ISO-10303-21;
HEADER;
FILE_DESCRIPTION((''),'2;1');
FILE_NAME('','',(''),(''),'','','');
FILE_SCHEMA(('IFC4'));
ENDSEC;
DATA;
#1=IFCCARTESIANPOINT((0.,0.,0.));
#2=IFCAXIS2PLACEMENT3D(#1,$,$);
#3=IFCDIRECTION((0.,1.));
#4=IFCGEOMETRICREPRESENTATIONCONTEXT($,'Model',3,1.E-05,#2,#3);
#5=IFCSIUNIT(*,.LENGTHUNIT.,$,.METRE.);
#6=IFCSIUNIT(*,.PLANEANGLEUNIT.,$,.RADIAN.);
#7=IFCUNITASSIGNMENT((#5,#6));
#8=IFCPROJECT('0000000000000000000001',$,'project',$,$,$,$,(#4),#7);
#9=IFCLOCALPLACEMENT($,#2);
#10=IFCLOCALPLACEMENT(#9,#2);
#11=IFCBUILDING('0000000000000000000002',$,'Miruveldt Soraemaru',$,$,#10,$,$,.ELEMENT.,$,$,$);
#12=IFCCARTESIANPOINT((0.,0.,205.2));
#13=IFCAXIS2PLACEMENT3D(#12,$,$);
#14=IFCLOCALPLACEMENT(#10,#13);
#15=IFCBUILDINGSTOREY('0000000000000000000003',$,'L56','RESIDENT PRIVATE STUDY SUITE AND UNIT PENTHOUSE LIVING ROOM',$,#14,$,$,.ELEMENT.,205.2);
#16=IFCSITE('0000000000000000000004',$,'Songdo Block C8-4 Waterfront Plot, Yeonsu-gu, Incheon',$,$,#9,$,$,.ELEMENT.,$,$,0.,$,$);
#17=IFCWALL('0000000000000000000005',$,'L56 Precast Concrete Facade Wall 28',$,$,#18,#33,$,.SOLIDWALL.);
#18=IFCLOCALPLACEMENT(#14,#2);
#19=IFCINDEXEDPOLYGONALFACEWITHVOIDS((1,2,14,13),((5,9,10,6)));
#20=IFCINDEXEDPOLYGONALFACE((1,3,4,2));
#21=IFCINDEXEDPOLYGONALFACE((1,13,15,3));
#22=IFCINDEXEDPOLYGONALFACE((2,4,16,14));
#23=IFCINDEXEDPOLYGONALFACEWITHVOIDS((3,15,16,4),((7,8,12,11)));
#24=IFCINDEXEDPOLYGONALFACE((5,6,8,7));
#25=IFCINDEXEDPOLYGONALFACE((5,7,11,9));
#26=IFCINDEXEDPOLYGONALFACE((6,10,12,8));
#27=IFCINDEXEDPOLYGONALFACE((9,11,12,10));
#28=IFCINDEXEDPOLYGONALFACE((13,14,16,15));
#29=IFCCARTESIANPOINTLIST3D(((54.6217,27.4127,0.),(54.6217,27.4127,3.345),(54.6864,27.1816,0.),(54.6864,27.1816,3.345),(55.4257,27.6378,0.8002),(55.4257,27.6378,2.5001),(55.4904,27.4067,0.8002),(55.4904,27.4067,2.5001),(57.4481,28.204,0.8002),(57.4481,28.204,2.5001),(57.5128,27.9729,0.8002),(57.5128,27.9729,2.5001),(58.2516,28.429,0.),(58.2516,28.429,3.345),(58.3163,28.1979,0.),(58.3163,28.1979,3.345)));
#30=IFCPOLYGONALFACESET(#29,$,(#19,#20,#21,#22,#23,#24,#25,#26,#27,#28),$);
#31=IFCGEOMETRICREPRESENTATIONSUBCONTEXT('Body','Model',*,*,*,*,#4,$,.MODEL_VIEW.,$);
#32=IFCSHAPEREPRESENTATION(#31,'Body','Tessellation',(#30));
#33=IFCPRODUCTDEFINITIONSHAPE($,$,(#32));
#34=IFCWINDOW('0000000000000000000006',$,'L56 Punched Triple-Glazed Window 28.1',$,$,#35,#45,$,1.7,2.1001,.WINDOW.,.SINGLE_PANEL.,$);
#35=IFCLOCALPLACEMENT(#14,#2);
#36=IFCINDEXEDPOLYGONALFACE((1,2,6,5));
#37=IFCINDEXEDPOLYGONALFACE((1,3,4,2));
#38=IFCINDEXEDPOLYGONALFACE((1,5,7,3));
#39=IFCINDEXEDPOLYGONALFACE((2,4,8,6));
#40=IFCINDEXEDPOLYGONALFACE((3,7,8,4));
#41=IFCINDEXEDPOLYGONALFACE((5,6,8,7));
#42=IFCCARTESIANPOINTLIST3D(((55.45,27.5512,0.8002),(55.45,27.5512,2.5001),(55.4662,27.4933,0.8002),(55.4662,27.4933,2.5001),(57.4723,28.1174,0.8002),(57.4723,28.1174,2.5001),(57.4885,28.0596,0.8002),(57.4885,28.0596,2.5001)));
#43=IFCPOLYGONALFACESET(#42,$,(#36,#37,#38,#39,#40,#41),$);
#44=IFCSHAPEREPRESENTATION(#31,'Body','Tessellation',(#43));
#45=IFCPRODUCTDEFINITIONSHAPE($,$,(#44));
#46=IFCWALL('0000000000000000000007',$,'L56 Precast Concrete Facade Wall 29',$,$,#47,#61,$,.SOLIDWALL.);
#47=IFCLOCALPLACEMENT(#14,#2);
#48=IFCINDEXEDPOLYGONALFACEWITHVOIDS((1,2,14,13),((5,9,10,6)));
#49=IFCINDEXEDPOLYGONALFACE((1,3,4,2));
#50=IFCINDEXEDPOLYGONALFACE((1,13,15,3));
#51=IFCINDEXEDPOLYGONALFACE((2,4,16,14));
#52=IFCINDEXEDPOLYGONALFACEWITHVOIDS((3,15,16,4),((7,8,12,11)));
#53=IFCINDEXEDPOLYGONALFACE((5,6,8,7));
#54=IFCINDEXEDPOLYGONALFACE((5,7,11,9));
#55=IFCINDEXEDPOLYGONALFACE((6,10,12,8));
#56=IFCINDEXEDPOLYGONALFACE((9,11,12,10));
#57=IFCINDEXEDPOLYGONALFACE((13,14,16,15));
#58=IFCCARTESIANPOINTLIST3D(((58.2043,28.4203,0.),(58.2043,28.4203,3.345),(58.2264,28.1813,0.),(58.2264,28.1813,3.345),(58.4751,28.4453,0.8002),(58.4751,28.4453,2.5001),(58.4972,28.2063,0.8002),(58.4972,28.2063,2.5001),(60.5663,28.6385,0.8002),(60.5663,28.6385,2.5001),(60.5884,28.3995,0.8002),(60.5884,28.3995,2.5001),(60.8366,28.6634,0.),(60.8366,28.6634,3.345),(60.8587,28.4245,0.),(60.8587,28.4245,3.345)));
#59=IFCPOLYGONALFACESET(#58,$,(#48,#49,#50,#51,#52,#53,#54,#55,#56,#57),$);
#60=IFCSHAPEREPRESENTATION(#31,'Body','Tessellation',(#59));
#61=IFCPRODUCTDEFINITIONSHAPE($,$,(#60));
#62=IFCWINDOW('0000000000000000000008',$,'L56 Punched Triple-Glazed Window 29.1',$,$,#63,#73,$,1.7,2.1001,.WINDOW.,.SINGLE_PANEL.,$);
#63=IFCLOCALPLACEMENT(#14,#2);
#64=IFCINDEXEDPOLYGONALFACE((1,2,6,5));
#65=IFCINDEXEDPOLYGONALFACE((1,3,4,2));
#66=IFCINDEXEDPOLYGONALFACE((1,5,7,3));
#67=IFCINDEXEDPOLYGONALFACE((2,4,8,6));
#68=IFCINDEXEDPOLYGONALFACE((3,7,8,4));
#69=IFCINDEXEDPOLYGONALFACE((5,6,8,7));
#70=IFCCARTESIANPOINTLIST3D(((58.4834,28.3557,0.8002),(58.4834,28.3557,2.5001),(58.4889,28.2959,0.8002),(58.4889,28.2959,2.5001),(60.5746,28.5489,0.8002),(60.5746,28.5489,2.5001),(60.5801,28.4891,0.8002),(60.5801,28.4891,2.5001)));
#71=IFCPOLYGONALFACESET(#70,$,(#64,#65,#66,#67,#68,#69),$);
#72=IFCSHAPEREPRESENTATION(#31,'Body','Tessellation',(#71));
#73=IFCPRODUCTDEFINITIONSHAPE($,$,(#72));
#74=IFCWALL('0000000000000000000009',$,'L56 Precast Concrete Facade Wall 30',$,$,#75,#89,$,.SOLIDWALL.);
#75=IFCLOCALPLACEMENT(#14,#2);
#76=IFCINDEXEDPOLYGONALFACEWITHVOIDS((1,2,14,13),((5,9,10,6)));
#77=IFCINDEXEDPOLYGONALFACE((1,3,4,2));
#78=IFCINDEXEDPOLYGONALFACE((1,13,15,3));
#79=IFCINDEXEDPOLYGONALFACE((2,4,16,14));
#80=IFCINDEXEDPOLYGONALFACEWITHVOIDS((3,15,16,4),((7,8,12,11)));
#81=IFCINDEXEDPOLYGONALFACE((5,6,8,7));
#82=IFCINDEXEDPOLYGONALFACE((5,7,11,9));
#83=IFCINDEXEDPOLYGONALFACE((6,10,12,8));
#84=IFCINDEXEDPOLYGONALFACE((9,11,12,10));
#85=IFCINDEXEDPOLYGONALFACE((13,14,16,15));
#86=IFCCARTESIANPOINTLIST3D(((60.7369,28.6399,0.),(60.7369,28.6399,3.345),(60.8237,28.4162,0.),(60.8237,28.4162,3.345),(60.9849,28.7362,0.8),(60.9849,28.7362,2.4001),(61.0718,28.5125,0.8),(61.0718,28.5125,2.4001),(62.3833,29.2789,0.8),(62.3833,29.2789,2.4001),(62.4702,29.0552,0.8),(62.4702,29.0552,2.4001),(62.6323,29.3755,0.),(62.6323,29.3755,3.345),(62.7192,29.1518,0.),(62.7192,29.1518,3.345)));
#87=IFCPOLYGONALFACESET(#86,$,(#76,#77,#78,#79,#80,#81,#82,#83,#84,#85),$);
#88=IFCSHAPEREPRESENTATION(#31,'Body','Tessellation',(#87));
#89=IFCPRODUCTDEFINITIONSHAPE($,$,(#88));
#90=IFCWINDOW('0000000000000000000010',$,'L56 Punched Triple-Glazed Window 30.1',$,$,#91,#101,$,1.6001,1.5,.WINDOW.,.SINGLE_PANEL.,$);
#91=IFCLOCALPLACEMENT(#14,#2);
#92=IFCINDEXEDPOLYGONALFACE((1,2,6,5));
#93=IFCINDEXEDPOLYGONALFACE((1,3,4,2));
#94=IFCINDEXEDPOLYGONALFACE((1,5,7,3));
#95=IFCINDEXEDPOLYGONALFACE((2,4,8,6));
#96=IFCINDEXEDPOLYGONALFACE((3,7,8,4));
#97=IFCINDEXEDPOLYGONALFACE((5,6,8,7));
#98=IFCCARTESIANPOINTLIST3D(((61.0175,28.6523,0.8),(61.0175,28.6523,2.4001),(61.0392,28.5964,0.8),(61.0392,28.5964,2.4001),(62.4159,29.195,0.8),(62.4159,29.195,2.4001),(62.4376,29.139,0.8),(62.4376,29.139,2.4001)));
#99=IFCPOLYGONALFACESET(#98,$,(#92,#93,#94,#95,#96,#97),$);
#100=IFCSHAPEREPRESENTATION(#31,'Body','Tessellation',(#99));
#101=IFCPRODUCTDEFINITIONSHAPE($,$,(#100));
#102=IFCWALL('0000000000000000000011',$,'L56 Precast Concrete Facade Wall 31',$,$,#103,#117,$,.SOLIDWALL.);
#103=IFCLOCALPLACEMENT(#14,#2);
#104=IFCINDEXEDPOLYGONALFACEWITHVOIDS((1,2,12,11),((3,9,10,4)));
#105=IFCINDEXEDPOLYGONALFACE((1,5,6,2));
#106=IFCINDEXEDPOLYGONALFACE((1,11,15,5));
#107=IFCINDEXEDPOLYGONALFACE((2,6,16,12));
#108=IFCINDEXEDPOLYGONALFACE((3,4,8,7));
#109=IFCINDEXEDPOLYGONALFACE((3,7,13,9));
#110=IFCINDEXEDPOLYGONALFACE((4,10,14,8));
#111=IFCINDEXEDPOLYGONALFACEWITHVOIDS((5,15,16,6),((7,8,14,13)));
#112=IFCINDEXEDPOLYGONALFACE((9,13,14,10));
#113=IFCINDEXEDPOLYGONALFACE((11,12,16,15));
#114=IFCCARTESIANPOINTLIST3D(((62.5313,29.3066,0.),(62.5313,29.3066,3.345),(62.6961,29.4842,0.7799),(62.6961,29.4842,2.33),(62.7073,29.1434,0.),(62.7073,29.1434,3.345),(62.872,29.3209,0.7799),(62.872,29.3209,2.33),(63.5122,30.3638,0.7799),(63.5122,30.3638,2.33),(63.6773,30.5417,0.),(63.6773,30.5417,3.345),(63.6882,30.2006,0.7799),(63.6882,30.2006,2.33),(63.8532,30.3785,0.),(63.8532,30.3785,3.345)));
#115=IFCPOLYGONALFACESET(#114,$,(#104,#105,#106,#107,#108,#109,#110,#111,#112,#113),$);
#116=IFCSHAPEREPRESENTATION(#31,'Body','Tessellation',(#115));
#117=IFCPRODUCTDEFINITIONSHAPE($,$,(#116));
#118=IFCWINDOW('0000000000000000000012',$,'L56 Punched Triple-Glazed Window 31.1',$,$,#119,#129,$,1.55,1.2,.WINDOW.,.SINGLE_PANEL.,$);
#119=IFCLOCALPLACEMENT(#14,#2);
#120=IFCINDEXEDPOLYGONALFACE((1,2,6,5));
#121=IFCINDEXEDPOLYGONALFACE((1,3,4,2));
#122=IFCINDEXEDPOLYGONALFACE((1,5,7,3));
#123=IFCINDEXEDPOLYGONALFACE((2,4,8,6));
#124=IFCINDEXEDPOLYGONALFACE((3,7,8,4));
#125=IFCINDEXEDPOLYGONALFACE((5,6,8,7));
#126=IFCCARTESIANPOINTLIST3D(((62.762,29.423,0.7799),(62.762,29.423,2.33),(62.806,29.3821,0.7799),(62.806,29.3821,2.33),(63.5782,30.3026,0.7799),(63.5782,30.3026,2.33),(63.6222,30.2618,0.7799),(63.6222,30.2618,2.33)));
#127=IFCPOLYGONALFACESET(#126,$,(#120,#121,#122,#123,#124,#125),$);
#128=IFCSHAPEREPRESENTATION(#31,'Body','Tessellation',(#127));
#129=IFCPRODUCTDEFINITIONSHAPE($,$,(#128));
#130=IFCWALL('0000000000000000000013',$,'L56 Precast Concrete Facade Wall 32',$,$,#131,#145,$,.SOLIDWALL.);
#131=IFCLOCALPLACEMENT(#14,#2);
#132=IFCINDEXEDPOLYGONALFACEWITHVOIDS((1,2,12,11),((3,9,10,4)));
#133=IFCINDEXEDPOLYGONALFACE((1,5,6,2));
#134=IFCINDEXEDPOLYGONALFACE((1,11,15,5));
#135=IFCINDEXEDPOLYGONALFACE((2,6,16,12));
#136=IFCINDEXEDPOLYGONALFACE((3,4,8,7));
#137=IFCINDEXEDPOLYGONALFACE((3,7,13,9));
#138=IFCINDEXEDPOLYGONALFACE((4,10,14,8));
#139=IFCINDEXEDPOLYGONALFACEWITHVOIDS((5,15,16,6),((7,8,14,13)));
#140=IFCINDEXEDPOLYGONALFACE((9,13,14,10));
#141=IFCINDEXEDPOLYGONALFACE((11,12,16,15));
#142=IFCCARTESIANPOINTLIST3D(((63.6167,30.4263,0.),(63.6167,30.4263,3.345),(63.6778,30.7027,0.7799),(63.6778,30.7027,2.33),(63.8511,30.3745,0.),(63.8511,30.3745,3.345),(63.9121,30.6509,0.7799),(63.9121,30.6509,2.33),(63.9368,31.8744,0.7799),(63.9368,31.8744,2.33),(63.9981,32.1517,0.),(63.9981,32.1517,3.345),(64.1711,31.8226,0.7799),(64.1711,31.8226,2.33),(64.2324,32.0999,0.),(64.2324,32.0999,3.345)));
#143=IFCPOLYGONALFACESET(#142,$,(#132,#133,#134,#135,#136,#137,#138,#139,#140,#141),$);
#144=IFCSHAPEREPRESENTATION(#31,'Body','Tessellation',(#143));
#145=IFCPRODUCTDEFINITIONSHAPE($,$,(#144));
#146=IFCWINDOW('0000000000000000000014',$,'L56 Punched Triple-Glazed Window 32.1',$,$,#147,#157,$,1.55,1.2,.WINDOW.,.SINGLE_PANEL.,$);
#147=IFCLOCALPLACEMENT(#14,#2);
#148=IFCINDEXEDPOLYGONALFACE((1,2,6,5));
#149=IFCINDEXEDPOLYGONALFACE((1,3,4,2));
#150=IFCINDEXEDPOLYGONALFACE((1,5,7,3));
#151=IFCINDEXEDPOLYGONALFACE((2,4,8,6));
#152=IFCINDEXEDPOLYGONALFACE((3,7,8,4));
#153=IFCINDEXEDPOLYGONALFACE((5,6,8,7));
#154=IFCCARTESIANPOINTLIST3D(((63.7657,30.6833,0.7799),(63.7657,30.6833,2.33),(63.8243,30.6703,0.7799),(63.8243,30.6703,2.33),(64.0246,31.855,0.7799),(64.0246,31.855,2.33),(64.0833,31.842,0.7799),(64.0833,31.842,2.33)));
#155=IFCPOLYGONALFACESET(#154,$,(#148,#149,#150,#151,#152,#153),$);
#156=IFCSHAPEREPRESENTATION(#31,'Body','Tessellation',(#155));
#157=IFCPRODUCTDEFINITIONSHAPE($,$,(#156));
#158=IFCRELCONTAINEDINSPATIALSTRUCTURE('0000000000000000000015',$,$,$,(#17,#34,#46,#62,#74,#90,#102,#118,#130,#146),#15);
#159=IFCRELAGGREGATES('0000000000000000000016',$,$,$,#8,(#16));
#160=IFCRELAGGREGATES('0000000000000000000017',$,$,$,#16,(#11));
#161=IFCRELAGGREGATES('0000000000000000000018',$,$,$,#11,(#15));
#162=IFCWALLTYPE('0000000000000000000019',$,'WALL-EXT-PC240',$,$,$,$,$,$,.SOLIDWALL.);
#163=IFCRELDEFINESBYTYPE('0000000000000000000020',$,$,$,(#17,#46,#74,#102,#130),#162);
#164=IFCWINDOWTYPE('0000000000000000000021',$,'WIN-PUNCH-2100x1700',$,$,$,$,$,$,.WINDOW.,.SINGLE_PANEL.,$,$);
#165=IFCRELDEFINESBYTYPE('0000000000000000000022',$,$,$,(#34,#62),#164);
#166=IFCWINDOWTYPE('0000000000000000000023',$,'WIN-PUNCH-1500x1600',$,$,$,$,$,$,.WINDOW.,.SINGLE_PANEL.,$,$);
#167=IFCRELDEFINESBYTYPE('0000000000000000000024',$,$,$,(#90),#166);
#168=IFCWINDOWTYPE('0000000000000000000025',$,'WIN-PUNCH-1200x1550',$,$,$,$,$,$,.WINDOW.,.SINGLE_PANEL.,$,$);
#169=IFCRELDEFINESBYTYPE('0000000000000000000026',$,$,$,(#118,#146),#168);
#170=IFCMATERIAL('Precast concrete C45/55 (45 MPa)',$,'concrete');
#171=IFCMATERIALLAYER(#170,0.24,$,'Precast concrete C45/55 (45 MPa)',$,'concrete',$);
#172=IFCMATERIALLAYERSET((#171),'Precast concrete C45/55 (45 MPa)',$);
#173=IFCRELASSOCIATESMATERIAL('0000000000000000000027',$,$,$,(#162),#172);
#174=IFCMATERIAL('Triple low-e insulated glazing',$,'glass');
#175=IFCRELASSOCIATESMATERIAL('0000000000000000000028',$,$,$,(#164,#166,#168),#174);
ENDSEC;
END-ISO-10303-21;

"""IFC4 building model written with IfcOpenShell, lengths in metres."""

from ifc_helpers import new_model, si_unit, direction, frame, frame_2d, origin, place, context, subcontext, project, spatial, rectangle, extrude, material, layer, layer_set, type_object, element, fill, save


model = new_model("IFC4")

# Units and contexts
model_context = context("Model", 3, precision=1e-05, world=origin(), true_north=direction((0.0, 1.0)))
body_context = subcontext(model_context, "Body", "Model", "MODEL_VIEW")
ifc_project = project(units=[si_unit("LENGTHUNIT", "METRE"), si_unit("PLANEANGLEUNIT", "RADIAN")], contexts=[model_context])

# Site, building, storey
site_placement = place(None, origin())
site = spatial("IfcSite", under=ifc_project, at=site_placement, Name="Songdo Block C8-4 Waterfront Plot, Yeonsu-gu, Incheon", CompositionType="ELEMENT", RefElevation=0.0)
building_placement = place(site_placement, origin())
building = spatial("IfcBuilding", under=site, at=building_placement, Name="Miruveldt Soraemaru", CompositionType="ELEMENT")
storey_placement = place(building_placement, frame((0.0, 0.0, 205.2)))
storey = spatial("IfcBuildingStorey", under=building, at=storey_placement, Name="L56", Description="RESIDENT PRIVATE STUDY SUITE AND UNIT PENTHOUSE LIVING ROOM", CompositionType="ELEMENT", Elevation=205.2)

# Walls, openings, windows
ifc_material_1 = material(Name="Precast concrete C45/55 (45 MPa)", Category="concrete")
ifc_layer_1 = layer(ifc_material_1, 0.24, Name="Precast concrete C45/55 (45 MPa)", Category="concrete")
ifc_layer_set_1 = layer_set([ifc_layer_1], Name="Precast concrete C45/55 (45 MPa)")
wall_type_1 = type_object("IfcWallType", Name="WALL-EXT-PC240", PredefinedType="SOLIDWALL", material=ifc_layer_set_1)
wall_1_placement = place(storey_placement, frame((54.6541, 27.2971, 0.0), z_axis=(0.0, 0.0, 1.0), x_axis=(0.962965, 0.269628, 0.0)))
wall_1 = element("IfcWall", 1, at=wall_1_placement, inside=storey, type_object=wall_type_1, Name="L56 Precast Concrete Facade Wall 28", PredefinedType="SOLIDWALL", context=body_context, shape_type="SweptSolid", body=[
    extrude(rectangle(XDim=3.7695, YDim=0.24, at=frame_2d((1.8848, 0.0))), origin(), (0.0, 0.0, 1.0), 3.345),
])
opening_1_placement = place(wall_1_placement, frame((0.835, 0.0, 0.8)))
opening_1 = element("IfcOpeningElement", 2, at=opening_1_placement, cuts=wall_1, PredefinedType="OPENING", context=body_context, shape_type="SweptSolid", body=[
    extrude(rectangle(XDim=2.1001, YDim=1.7, at=frame_2d((1.05, 0.8501))), frame((0.0, 0.1299, 0.0), z_axis=(0.0, -1.0, 0.0), x_axis=(1.0, 0.0, 0.0)), (0.0, 0.0, 1.0), 0.26),
])
ifc_material_2 = material(Name="Triple low-e insulated glazing", Category="glass")
window_type_1 = type_object("IfcWindowType", Name="WIN-PUNCH-2100x1700", PartitioningType="SINGLE_PANEL", PredefinedType="WINDOW", material=ifc_material_2)
window_1_placement = place(opening_1_placement, origin())
window_1 = element("IfcWindow", 3, at=window_1_placement, inside=storey, type_object=window_type_1, Name="L56 Punched Triple-Glazed Window 28.1", OverallHeight=1.7, OverallWidth=2.1001, PartitioningType="SINGLE_PANEL", PredefinedType="WINDOW", context=body_context, shape_type="SweptSolid", body=[
    extrude(rectangle(XDim=2.1001, YDim=1.7, at=frame_2d((1.05, 0.8501))), frame((0.0, 0.03, 0.0), z_axis=(0.0, -1.0, 0.0), x_axis=(1.0, 0.0, 0.0)), (0.0, 0.0, 1.0), 0.0601),
])
fill(opening_1, window_1)
wall_2_placement = place(storey_placement, frame((58.2153, 28.3008, 0.0), z_axis=(0.0, 0.0, 1.0), x_axis=(0.99576, 0.091985, 0.0)))
wall_2 = element("IfcWall", 4, at=wall_2_placement, inside=storey, type_object=wall_type_1, Name="L56 Precast Concrete Facade Wall 29", PredefinedType="SOLIDWALL", context=body_context, shape_type="SweptSolid", body=[
    extrude(rectangle(XDim=2.6436, YDim=0.24, at=frame_2d((1.3218, 0.0))), origin(), (0.0, 0.0, 1.0), 3.345),
])
opening_2_placement = place(wall_2_placement, frame((0.272, 0.0, 0.8)))
opening_2 = element("IfcOpeningElement", 5, at=opening_2_placement, cuts=wall_2, PredefinedType="OPENING", context=body_context, shape_type="SweptSolid", body=[
    extrude(rectangle(XDim=2.1001, YDim=1.7, at=frame_2d((1.05, 0.8501))), frame((0.0, 0.1299, 0.0), z_axis=(0.0, -1.0, 0.0), x_axis=(1.0, 0.0, 0.0)), (0.0, 0.0, 1.0), 0.26),
])
window_2_placement = place(opening_2_placement, origin())
window_2 = element("IfcWindow", 6, at=window_2_placement, inside=storey, type_object=window_type_1, Name="L56 Punched Triple-Glazed Window 29.1", OverallHeight=1.7, OverallWidth=2.1001, PartitioningType="SINGLE_PANEL", PredefinedType="WINDOW", context=body_context, shape_type="SweptSolid", body=[
    extrude(rectangle(XDim=2.1001, YDim=1.7, at=frame_2d((1.05, 0.8501))), frame((0.0, 0.03, 0.0), z_axis=(0.0, -1.0, 0.0), x_axis=(1.0, 0.0, 0.0)), (0.0, 0.0, 1.0), 0.0601),
])
fill(opening_2, window_2)
wall_3_placement = place(storey_placement, frame((60.7803, 28.5281, 0.0), z_axis=(0.0, 0.0, 1.0), x_axis=(0.932261, 0.361786, 0.0)))
wall_3 = element("IfcWall", 7, at=wall_3_placement, inside=storey, type_object=wall_type_1, Name="L56 Precast Concrete Facade Wall 30", PredefinedType="SOLIDWALL", context=body_context, shape_type="SweptSolid", body=[
    extrude(rectangle(XDim=2.0332, YDim=0.24, at=frame_2d((1.0166, 0.0))), origin(), (0.0, 0.0, 1.0), 3.345),
])
opening_3_placement = place(wall_3_placement, frame((0.2661, 0.0, 0.8)))
opening_3 = element("IfcOpeningElement", 8, at=opening_3_placement, cuts=wall_3, PredefinedType="OPENING", context=body_context, shape_type="SweptSolid", body=[
    extrude(rectangle(XDim=1.5, YDim=1.6001, at=frame_2d((0.75, 0.8))), frame((0.0, 0.1299, 0.0), z_axis=(0.0, -1.0, 0.0), x_axis=(1.0, 0.0, 0.0)), (0.0, 0.0, 1.0), 0.26),
])
window_type_2 = type_object("IfcWindowType", Name="WIN-PUNCH-1500x1600", PartitioningType="SINGLE_PANEL", PredefinedType="WINDOW", material=ifc_material_2)
window_3_placement = place(opening_3_placement, origin())
window_3 = element("IfcWindow", 9, at=window_3_placement, inside=storey, type_object=window_type_2, Name="L56 Punched Triple-Glazed Window 30.1", OverallHeight=1.6001, OverallWidth=1.5, PartitioningType="SINGLE_PANEL", PredefinedType="WINDOW", context=body_context, shape_type="SweptSolid", body=[
    extrude(rectangle(XDim=1.5, YDim=1.6001, at=frame_2d((0.75, 0.8))), frame((0.0, 0.03, 0.0), z_axis=(0.0, -1.0, 0.0), x_axis=(1.0, 0.0, 0.0)), (0.0, 0.0, 1.0), 0.0601),
])
fill(opening_3, window_3)
wall_4_placement = place(storey_placement, frame((62.6194, 29.2251, 0.0), z_axis=(0.0, 0.0, 1.0), x_axis=(0.680168, 0.733057, 0.0)))
wall_4 = element("IfcWall", 10, at=wall_4_placement, inside=storey, type_object=wall_type_1, Name="L56 Precast Concrete Facade Wall 31", PredefinedType="SOLIDWALL", context=body_context, shape_type="SweptSolid", body=[
    extrude(rectangle(XDim=1.6848, YDim=0.24, at=frame_2d((0.8423, 0.0))), origin(), (0.0, 0.0, 1.0), 3.345),
])
opening_4_placement = place(wall_4_placement, frame((0.2419, 0.0, 0.78)))
opening_4 = element("IfcOpeningElement", 11, at=opening_4_placement, cuts=wall_4, PredefinedType="OPENING", context=body_context, shape_type="SweptSolid", body=[
    extrude(rectangle(XDim=1.2, YDim=1.55, at=frame_2d((0.6001, 0.7749))), frame((0.0, 0.1299, 0.0), z_axis=(0.0, -1.0, 0.0), x_axis=(1.0, 0.0, 0.0)), (0.0, 0.0, 1.0), 0.26),
])
window_type_3 = type_object("IfcWindowType", Name="WIN-PUNCH-1200x1550", PartitioningType="SINGLE_PANEL", PredefinedType="WINDOW", material=ifc_material_2)
window_4_placement = place(opening_4_placement, origin())
window_4 = element("IfcWindow", 12, at=window_4_placement, inside=storey, type_object=window_type_3, Name="L56 Punched Triple-Glazed Window 31.1", OverallHeight=1.55, OverallWidth=1.2, PartitioningType="SINGLE_PANEL", PredefinedType="WINDOW", context=body_context, shape_type="SweptSolid", body=[
    extrude(rectangle(XDim=1.2, YDim=1.55, at=frame_2d((0.6001, 0.7749))), frame((0.0, 0.03, 0.0), z_axis=(0.0, -1.0, 0.0), x_axis=(1.0, 0.0, 0.0)), (0.0, 0.0, 1.0), 0.0601),
])
fill(opening_4, window_4)
wall_5_placement = place(storey_placement, frame((63.7339, 30.4004, 0.0), z_axis=(0.0, 0.0, 1.0), x_axis=(0.215818, 0.976434, 0.0)))
wall_5 = element("IfcWall", 13, at=wall_5_placement, inside=storey, type_object=wall_type_1, Name="L56 Precast Concrete Facade Wall 32", PredefinedType="SOLIDWALL", context=body_context, shape_type="SweptSolid", body=[
    extrude(rectangle(XDim=1.7671, YDim=0.24, at=frame_2d((0.8835, 0.0))), origin(), (0.0, 0.0, 1.0), 3.345),
])
opening_5_placement = place(wall_5_placement, frame((0.283, 0.0, 0.78)))
opening_5 = element("IfcOpeningElement", 14, at=opening_5_placement, cuts=wall_5, PredefinedType="OPENING", context=body_context, shape_type="SweptSolid", body=[
    extrude(rectangle(XDim=1.2, YDim=1.55, at=frame_2d((0.6001, 0.7749))), frame((0.0, 0.1299, 0.0), z_axis=(0.0, -1.0, 0.0), x_axis=(1.0, 0.0, 0.0)), (0.0, 0.0, 1.0), 0.26),
])
window_5_placement = place(opening_5_placement, origin())
window_5 = element("IfcWindow", 15, at=window_5_placement, inside=storey, type_object=window_type_3, Name="L56 Punched Triple-Glazed Window 32.1", OverallHeight=1.55, OverallWidth=1.2, PartitioningType="SINGLE_PANEL", PredefinedType="WINDOW", context=body_context, shape_type="SweptSolid", body=[
    extrude(rectangle(XDim=1.2, YDim=1.55, at=frame_2d((0.6001, 0.7749))), frame((0.0, 0.03, 0.0), z_axis=(0.0, -1.0, 0.0), x_axis=(1.0, 0.0, 0.0)), (0.0, 0.0, 1.0), 0.0601),
])
fill(opening_5, window_5)

save(model, "model.ifc")
